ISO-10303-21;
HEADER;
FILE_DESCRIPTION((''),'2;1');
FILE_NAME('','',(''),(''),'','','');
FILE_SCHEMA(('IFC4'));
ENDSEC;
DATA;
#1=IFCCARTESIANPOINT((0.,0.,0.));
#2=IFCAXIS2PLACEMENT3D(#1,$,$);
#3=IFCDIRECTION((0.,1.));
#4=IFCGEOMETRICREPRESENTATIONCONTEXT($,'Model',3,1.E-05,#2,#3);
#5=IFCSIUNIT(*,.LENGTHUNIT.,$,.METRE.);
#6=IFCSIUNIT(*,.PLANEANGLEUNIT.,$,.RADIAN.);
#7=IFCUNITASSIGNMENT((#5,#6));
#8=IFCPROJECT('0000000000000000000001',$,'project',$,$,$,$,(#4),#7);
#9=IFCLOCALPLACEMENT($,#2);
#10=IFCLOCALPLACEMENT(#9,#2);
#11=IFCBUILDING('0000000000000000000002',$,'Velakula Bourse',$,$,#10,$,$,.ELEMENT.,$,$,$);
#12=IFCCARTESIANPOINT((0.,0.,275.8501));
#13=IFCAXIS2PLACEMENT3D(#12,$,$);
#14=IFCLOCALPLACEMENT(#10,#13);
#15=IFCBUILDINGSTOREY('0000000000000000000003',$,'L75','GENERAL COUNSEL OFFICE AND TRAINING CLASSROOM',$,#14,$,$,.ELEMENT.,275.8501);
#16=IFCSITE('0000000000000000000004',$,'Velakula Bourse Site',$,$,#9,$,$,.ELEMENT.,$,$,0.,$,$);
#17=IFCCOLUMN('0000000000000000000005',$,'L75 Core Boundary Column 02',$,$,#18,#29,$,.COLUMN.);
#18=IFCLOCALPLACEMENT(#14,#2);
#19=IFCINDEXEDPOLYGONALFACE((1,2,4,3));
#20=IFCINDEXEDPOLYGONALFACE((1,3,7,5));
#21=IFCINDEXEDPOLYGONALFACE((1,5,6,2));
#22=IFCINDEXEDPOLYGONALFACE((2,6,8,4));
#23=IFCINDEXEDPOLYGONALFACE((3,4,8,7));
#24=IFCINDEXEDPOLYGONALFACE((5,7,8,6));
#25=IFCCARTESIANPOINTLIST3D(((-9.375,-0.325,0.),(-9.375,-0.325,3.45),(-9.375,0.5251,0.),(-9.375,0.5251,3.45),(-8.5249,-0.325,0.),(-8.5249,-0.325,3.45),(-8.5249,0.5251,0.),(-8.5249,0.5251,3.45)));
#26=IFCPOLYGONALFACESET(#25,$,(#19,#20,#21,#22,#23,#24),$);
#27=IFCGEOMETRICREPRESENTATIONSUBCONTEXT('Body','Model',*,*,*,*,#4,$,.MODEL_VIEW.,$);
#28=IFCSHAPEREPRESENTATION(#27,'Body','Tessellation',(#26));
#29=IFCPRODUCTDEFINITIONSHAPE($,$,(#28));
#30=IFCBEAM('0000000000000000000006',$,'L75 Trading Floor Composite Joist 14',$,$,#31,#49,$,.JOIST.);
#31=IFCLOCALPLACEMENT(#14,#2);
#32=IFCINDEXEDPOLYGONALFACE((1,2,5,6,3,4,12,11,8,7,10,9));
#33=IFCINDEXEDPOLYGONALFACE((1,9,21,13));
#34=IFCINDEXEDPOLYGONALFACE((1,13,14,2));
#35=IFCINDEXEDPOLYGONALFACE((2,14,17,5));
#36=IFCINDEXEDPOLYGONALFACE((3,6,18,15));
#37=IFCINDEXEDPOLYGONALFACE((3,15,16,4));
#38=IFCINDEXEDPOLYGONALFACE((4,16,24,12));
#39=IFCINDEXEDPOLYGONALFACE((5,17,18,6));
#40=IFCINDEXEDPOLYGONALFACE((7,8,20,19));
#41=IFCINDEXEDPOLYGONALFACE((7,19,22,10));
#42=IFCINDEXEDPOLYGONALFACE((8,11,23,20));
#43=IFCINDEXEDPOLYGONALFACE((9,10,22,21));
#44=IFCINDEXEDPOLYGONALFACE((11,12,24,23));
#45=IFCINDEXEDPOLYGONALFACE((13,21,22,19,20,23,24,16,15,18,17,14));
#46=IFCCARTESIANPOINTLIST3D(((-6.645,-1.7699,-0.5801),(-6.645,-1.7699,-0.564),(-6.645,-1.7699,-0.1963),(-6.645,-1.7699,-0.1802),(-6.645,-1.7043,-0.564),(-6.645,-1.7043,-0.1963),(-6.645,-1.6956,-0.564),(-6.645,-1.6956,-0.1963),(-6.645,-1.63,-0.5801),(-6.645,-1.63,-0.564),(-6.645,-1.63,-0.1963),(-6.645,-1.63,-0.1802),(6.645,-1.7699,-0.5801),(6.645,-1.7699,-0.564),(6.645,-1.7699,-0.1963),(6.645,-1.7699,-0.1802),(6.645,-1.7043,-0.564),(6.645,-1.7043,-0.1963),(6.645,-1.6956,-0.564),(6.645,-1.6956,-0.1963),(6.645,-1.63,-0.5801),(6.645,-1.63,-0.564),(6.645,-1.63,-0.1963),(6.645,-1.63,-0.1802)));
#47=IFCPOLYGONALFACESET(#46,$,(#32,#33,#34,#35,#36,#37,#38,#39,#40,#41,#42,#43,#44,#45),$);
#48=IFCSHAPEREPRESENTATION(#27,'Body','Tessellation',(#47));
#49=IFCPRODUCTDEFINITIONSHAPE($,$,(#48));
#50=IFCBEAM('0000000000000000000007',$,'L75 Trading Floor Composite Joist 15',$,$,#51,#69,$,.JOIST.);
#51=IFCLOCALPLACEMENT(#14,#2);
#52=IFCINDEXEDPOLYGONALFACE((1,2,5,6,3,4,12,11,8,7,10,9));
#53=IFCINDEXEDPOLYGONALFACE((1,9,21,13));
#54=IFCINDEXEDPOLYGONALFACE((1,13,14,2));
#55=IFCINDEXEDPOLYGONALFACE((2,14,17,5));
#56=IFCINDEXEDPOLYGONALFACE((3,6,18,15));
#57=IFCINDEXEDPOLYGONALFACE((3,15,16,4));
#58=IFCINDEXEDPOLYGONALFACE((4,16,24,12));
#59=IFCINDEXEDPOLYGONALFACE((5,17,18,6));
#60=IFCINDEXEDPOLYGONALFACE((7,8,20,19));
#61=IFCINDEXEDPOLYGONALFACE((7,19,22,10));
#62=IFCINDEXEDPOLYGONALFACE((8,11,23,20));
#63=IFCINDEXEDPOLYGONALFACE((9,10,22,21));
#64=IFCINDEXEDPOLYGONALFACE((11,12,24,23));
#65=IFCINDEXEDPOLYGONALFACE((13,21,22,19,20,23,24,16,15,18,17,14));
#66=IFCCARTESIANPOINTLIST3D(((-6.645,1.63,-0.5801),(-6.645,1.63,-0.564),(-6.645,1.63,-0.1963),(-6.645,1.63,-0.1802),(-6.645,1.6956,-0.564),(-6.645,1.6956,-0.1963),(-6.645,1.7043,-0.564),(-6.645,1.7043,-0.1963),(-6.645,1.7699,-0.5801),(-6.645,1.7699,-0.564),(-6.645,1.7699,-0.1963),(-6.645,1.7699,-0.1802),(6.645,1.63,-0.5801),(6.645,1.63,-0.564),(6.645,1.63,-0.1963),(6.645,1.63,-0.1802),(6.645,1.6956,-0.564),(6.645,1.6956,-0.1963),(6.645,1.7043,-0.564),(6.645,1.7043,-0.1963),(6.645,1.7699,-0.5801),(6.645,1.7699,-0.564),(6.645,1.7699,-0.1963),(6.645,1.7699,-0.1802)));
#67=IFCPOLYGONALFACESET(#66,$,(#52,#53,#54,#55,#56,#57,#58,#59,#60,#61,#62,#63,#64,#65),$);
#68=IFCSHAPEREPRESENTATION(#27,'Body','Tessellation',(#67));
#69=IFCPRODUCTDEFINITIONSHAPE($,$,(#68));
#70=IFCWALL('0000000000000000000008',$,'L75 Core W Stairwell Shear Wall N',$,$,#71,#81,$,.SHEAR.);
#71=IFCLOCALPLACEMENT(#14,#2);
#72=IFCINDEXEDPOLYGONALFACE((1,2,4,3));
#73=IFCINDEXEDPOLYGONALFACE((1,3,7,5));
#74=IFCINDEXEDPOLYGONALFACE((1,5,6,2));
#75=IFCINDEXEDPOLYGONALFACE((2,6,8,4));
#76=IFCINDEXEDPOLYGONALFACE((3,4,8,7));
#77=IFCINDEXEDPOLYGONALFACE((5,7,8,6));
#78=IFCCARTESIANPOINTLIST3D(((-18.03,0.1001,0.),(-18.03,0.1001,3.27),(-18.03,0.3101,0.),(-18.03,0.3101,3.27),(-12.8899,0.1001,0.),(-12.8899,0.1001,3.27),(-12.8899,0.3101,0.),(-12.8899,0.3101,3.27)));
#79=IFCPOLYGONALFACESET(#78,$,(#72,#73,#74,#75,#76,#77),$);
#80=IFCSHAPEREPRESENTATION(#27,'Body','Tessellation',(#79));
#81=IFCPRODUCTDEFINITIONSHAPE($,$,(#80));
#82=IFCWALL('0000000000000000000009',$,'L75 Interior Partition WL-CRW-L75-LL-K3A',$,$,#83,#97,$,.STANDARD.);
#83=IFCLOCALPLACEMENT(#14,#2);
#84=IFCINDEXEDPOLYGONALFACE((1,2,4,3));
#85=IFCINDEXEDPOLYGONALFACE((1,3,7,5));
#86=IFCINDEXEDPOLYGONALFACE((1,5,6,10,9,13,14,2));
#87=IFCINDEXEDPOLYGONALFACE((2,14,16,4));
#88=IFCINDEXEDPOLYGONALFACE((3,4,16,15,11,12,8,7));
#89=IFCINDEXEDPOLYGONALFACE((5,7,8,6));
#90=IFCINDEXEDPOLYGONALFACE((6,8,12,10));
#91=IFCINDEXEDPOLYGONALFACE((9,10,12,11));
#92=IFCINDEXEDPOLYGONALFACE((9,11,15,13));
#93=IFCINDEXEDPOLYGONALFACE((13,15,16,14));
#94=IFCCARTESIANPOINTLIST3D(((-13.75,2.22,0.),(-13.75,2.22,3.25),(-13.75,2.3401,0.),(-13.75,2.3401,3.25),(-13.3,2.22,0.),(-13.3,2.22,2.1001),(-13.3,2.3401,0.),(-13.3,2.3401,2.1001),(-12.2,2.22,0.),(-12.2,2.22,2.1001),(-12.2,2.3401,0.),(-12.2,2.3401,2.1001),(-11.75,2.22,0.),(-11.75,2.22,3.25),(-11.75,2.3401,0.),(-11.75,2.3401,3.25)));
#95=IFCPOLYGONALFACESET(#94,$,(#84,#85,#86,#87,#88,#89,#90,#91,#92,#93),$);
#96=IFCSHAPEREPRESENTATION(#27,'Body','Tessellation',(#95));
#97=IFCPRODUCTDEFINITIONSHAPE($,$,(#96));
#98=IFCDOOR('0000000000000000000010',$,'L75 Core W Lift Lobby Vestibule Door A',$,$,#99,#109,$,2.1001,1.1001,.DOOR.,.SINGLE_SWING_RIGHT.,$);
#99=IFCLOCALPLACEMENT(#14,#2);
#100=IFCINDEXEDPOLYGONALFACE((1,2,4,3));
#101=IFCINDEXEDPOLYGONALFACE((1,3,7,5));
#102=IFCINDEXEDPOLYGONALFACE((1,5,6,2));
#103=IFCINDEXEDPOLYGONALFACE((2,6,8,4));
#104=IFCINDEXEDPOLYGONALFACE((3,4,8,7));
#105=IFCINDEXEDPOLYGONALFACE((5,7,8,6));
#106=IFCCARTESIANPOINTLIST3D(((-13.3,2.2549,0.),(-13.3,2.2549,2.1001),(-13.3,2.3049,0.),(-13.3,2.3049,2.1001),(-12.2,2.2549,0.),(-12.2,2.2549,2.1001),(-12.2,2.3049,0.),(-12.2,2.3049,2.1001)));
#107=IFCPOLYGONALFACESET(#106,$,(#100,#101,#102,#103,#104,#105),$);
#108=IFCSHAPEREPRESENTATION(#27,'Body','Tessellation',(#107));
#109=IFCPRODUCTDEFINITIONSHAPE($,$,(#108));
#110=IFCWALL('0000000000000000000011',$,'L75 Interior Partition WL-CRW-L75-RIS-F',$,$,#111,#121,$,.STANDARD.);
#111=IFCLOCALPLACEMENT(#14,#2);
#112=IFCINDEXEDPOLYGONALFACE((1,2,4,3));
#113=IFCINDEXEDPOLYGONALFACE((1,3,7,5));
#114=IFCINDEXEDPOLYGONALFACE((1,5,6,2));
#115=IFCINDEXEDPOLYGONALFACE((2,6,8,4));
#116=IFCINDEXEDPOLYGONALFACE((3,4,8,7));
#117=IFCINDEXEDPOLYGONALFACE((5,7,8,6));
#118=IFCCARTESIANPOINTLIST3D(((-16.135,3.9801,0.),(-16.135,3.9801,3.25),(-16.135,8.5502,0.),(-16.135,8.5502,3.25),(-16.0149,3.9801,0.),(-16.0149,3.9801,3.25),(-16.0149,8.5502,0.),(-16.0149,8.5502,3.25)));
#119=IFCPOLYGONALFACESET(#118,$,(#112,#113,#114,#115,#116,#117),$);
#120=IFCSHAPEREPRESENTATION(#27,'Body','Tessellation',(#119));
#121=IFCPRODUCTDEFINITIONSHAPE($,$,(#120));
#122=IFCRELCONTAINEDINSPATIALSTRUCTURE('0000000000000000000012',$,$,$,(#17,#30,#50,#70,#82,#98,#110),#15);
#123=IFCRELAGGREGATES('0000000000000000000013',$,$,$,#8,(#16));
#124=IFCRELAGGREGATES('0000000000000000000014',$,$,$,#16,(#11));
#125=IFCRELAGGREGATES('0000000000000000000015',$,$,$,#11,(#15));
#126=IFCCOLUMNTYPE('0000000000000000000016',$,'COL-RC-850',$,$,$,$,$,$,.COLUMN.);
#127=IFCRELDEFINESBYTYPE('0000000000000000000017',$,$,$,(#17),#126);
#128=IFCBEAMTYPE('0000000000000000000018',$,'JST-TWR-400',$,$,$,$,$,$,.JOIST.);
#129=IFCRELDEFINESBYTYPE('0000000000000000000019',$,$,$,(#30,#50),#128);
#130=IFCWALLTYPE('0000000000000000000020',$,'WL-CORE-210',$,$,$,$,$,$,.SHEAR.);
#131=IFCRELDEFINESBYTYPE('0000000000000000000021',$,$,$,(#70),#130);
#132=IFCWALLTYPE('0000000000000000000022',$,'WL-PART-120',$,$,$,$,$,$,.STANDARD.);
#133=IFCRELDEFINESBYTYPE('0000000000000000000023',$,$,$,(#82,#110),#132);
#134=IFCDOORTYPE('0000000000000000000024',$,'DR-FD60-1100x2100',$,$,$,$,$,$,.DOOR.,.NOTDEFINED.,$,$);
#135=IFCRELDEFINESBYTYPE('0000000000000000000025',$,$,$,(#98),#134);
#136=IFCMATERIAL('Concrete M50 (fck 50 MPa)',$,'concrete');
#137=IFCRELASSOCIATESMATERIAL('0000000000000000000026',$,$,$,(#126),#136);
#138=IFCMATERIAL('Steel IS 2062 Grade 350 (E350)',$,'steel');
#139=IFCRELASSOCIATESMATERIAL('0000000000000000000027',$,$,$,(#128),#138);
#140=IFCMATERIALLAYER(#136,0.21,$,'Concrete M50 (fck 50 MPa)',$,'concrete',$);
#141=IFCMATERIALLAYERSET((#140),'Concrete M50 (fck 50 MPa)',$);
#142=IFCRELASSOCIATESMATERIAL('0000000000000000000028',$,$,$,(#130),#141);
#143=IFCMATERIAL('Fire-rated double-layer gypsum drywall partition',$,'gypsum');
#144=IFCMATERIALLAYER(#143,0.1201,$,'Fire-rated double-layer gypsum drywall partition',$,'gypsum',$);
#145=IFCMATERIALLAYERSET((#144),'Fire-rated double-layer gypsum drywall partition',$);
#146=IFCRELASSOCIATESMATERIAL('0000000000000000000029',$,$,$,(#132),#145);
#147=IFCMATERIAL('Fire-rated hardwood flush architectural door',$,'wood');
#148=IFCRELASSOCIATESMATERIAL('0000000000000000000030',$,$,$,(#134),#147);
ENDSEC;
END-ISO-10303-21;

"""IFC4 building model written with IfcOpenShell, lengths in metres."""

from ifc_helpers import new_model, si_unit, direction, frame, frame_2d, origin, origin_2d, place, context, subcontext, project, spatial, rectangle, i_section, extrude, material, layer, layer_set, material_profile, profile_set, type_object, element, fill, save


model = new_model("IFC4")

# Units and contexts
model_context = context("Model", 3, precision=1e-05, world=origin(), true_north=direction((0.0, 1.0)))
body_context = subcontext(model_context, "Body", "Model", "MODEL_VIEW")
ifc_project = project(units=[si_unit("LENGTHUNIT", "METRE"), si_unit("PLANEANGLEUNIT", "RADIAN")], contexts=[model_context])

# Site, building, storey
site_placement = place(None, origin())
site = spatial("IfcSite", under=ifc_project, at=site_placement, Name="Velakula Bourse Site", CompositionType="ELEMENT", RefElevation=0.0)
building_placement = place(site_placement, origin())
building = spatial("IfcBuilding", under=site, at=building_placement, Name="Velakula Bourse", CompositionType="ELEMENT")
storey_placement = place(building_placement, frame((0.0, 0.0, 275.8501)))
storey = spatial("IfcBuildingStorey", under=building, at=storey_placement, Name="L75", Description="GENERAL COUNSEL OFFICE AND TRAINING CLASSROOM", CompositionType="ELEMENT", Elevation=275.8501)

# Column
ifc_material_1 = material(Name="Concrete M50 (fck 50 MPa)", Category="concrete")
ifc_material_profile_1 = material_profile(ifc_material_1, rectangle(XDim=0.8501, YDim=0.8501, at=origin_2d()), Name="Concrete M50 (fck 50 MPa)")
ifc_profile_set_1 = profile_set([ifc_material_profile_1], Name="Concrete M50 (fck 50 MPa)")
column_type = type_object("IfcColumnType", Name="COL-RC-850", PredefinedType="COLUMN", material=ifc_profile_set_1)
column_placement = place(storey_placement, frame((-8.95, 0.1001, 0.0), z_axis=(0.0, 0.0, 1.0), x_axis=(1.0, 0.0, 0.0)))
element("IfcColumn", 1, at=column_placement, inside=storey, type_object=column_type, Name="L75 Core Boundary Column 02", PredefinedType="COLUMN", context=body_context, shape_type="SweptSolid", body=[
    extrude(rectangle(XDim=0.8501, YDim=0.8501, at=origin_2d()), origin(), (0.0, 0.0, 1.0), 3.45),
])

# Beams
ifc_material_2 = material(Name="Steel IS 2062 Grade 350 (E350)", Category="steel")
ifc_material_profile_2 = material_profile(ifc_material_2, i_section(OverallWidth=0.1399, OverallDepth=0.3999, WebThickness=0.0088, FlangeThickness=0.0161, at=origin_2d()), Name="Steel IS 2062 Grade 350 (E350)")
ifc_profile_set_2 = profile_set([ifc_material_profile_2], Name="Steel IS 2062 Grade 350 (E350)")
beam_type = type_object("IfcBeamType", Name="JST-TWR-400", PredefinedType="JOIST", material=ifc_profile_set_2)
for number, where, z_axis, x_axis, name in (
    (2, (-6.645, -1.7, -0.3801), (1.0, 0.0, 0.0), (0.0, 1.0, 0.0), "L75 Trading Floor Composite Joist 14"),
    (3, (-6.645, 1.7, -0.3801), (1.0, 0.0, 0.0), (0.0, 1.0, 0.0), "L75 Trading Floor Composite Joist 15"),
):
    element("IfcBeam", number, at=place(storey_placement, frame(where, z_axis=z_axis, x_axis=x_axis)), inside=storey, type_object=beam_type, Name=name, PredefinedType="JOIST", context=body_context, shape_type="SweptSolid", body=[
        extrude(i_section(OverallWidth=0.1399, OverallDepth=0.3999, WebThickness=0.0088, FlangeThickness=0.0161, at=origin_2d()), origin(), (0.0, 0.0, 1.0), 13.29),
    ])

# Wall
ifc_layer_1 = layer(ifc_material_1, 0.21, Name="Concrete M50 (fck 50 MPa)", Category="concrete")
ifc_layer_set_1 = layer_set([ifc_layer_1], Name="Concrete M50 (fck 50 MPa)")
wall_type_1 = type_object("IfcWallType", Name="WL-CORE-210", PredefinedType="SHEAR", material=ifc_layer_set_1)
wall_1_placement = place(storey_placement, frame((-12.8899, 0.2051, 0.0), z_axis=(0.0, 0.0, 1.0), x_axis=(-1.0, 0.0, 0.0)))
element("IfcWall", 4, at=wall_1_placement, inside=storey, type_object=wall_type_1, Name="L75 Core W Stairwell Shear Wall N", PredefinedType="SHEAR", context=body_context, shape_type="SweptSolid", body=[
    extrude(rectangle(XDim=5.1401, YDim=0.21, at=frame_2d((2.5701, 0.0))), origin(), (0.0, 0.0, 1.0), 3.27),
])

# Wall, opening, door
ifc_material_3 = material(Name="Fire-rated double-layer gypsum drywall partition", Category="gypsum")
ifc_layer_2 = layer(ifc_material_3, 0.1201, Name="Fire-rated double-layer gypsum drywall partition", Category="gypsum")
ifc_layer_set_2 = layer_set([ifc_layer_2], Name="Fire-rated double-layer gypsum drywall partition")
wall_type_2 = type_object("IfcWallType", Name="WL-PART-120", PredefinedType="STANDARD", material=ifc_layer_set_2)
wall_2_placement = place(storey_placement, frame((-13.75, 2.28, 0.0), z_axis=(0.0, 0.0, 1.0), x_axis=(1.0, 0.0, 0.0)))
wall_2 = element("IfcWall", 5, at=wall_2_placement, inside=storey, type_object=wall_type_2, Name="L75 Interior Partition WL-CRW-L75-LL-K3A", PredefinedType="STANDARD", context=body_context, shape_type="SweptSolid", body=[
    extrude(rectangle(XDim=2.0, YDim=0.1201, at=frame_2d((1.0, 0.0))), origin(), (0.0, 0.0, 1.0), 3.25),
])
opening_1_placement = place(wall_2_placement, frame((0.45, 0.0, 0.0)))
opening_1 = element("IfcOpeningElement", 6, at=opening_1_placement, cuts=wall_2, PredefinedType="OPENING", context=body_context, shape_type="SweptSolid", body=[
    extrude(rectangle(XDim=1.1001, YDim=2.1001, at=frame_2d((0.55, 1.05))), frame((0.0, 0.0701, 0.0), z_axis=(0.0, -1.0, 0.0), x_axis=(1.0, 0.0, 0.0)), (0.0, 0.0, 1.0), 0.1401),
])
ifc_material_4 = material(Name="Fire-rated hardwood flush architectural door", Category="wood")
door_type_1 = type_object("IfcDoorType", Name="DR-FD60-1100x2100", OperationType="NOTDEFINED", PredefinedType="DOOR", material=ifc_material_4)
door_1_placement = place(opening_1_placement, origin())
door_1 = element("IfcDoor", 7, at=door_1_placement, inside=storey, type_object=door_type_1, Name="L75 Core W Lift Lobby Vestibule Door A", OperationType="SINGLE_SWING_RIGHT", OverallHeight=2.1001, OverallWidth=1.1001, PredefinedType="DOOR", context=body_context, shape_type="SweptSolid", body=[
    extrude(rectangle(XDim=1.1001, YDim=2.1001, at=frame_2d((0.55, 1.05))), frame((0.0, 0.0249, 0.0), z_axis=(0.0, -1.0, 0.0), x_axis=(1.0, 0.0, 0.0)), (0.0, 0.0, 1.0), 0.05),
])
fill(opening_1, door_1)

# Wall
wall_3_placement = place(storey_placement, frame((-16.075, 3.98, 0.0), z_axis=(0.0, 0.0, 1.0), x_axis=(0.0, 1.0, 0.0)))
element("IfcWall", 8, at=wall_3_placement, inside=storey, type_object=wall_type_2, Name="L75 Interior Partition WL-CRW-L75-RIS-F", PredefinedType="STANDARD", context=body_context, shape_type="SweptSolid", body=[
    extrude(rectangle(XDim=4.5701, YDim=0.1201, at=frame_2d((2.2852, 0.0))), origin(), (0.0, 0.0, 1.0), 3.25),
])

save(model, "model.ifc")
